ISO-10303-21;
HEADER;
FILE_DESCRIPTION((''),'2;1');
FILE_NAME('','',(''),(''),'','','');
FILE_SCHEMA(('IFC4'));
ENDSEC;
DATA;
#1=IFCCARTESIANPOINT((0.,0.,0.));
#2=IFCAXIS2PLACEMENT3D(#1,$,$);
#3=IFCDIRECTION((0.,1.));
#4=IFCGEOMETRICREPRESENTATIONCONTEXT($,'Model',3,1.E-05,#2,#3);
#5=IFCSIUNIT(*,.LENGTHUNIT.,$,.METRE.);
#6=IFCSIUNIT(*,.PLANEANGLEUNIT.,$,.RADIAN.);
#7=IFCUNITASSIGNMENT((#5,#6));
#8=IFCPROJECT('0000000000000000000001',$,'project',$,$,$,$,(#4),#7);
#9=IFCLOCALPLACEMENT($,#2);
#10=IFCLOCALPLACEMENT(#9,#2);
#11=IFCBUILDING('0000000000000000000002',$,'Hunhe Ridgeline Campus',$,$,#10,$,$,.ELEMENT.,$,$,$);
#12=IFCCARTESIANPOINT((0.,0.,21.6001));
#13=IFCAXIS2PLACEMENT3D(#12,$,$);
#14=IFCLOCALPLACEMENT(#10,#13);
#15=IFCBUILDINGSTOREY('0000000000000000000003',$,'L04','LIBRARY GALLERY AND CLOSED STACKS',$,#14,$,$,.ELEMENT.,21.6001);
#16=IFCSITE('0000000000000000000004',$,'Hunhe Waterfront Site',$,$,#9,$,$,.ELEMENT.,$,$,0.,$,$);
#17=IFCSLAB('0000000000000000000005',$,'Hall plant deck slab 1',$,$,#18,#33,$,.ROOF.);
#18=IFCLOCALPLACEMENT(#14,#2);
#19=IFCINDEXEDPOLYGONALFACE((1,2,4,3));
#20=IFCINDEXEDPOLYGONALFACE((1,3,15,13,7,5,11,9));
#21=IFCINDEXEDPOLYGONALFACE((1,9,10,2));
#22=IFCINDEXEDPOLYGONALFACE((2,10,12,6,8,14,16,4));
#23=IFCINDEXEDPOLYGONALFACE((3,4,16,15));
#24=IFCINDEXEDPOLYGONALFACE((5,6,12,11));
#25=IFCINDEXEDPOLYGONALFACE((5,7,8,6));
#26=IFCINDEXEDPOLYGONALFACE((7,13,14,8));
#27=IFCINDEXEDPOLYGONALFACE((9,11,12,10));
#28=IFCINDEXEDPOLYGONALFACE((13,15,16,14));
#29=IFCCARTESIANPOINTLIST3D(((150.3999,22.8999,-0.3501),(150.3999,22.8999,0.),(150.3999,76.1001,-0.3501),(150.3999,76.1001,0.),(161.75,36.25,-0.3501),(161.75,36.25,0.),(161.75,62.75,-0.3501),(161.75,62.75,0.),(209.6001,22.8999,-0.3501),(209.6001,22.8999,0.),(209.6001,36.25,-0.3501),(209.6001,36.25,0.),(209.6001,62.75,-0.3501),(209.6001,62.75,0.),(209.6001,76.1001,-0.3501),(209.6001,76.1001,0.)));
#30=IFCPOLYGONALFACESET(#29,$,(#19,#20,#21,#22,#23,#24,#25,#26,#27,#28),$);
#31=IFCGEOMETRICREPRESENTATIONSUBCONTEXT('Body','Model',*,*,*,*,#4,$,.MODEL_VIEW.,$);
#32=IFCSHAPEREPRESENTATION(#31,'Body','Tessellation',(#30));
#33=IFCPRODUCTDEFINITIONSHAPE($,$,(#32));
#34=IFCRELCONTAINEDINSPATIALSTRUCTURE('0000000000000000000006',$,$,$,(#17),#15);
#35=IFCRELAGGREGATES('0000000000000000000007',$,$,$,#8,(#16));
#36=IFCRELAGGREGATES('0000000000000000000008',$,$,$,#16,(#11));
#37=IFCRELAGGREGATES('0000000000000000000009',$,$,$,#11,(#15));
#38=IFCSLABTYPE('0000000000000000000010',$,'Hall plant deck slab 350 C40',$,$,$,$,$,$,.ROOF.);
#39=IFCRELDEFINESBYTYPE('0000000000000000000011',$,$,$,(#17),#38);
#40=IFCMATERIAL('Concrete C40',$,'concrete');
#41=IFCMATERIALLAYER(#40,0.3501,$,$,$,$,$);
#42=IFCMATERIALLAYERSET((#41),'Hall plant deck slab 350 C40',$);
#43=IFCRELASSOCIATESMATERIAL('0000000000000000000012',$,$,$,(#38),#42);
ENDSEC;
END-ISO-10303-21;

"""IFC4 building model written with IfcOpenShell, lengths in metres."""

from ifc_helpers import new_model, si_unit, direction, frame, origin, place, context, subcontext, project, spatial, polyline, outline, extrude, material, layer, layer_set, type_object, element, save


model = new_model("IFC4")

# Units and contexts
model_context = context("Model", 3, precision=1e-05, world=origin(), true_north=direction((0.0, 1.0)))
body_context = subcontext(model_context, "Body", "Model", "MODEL_VIEW")
ifc_project = project(units=[si_unit("LENGTHUNIT", "METRE"), si_unit("PLANEANGLEUNIT", "RADIAN")], contexts=[model_context])

# Site, building, storey
site_placement = place(None, origin())
site = spatial("IfcSite", under=ifc_project, at=site_placement, Name="Hunhe Waterfront Site", CompositionType="ELEMENT", RefElevation=0.0)
building_placement = place(site_placement, origin())
building = spatial("IfcBuilding", under=site, at=building_placement, Name="Hunhe Ridgeline Campus", CompositionType="ELEMENT")
storey_placement = place(building_placement, frame((0.0, 0.0, 21.6001)))
storey = spatial("IfcBuildingStorey", under=building, at=storey_placement, Name="L04", Description="LIBRARY GALLERY AND CLOSED STACKS", CompositionType="ELEMENT", Elevation=21.6001)

# Slab
ifc_material_1 = material(Name="Concrete C40", Category="concrete")
ifc_layer_1 = layer(ifc_material_1, 0.3501)
ifc_layer_set_1 = layer_set([ifc_layer_1], Name="Hall plant deck slab 350 C40")
slab_type_1 = type_object("IfcSlabType", Name="Hall plant deck slab 350 C40", PredefinedType="ROOF", material=ifc_layer_set_1)
slab_1_placement = place(storey_placement, frame((0.0, 0.0, -0.3501)))
element("IfcSlab", 1, at=slab_1_placement, inside=storey, type_object=slab_type_1, Name="Hall plant deck slab 1", PredefinedType="ROOF", context=body_context, shape_type="SweptSolid", body=[
    extrude(outline(polyline([(209.6001, 22.8999), (209.6001, 36.25), (161.75, 36.25), (161.75, 62.75), (209.6001, 62.75), (209.6001, 76.1001), (150.3999, 76.1001), (150.3999, 22.8999), (209.6001, 22.8999)])), origin(), (0.0, 0.0, 1.0), 0.3501),
])

save(model, "model.ifc")
